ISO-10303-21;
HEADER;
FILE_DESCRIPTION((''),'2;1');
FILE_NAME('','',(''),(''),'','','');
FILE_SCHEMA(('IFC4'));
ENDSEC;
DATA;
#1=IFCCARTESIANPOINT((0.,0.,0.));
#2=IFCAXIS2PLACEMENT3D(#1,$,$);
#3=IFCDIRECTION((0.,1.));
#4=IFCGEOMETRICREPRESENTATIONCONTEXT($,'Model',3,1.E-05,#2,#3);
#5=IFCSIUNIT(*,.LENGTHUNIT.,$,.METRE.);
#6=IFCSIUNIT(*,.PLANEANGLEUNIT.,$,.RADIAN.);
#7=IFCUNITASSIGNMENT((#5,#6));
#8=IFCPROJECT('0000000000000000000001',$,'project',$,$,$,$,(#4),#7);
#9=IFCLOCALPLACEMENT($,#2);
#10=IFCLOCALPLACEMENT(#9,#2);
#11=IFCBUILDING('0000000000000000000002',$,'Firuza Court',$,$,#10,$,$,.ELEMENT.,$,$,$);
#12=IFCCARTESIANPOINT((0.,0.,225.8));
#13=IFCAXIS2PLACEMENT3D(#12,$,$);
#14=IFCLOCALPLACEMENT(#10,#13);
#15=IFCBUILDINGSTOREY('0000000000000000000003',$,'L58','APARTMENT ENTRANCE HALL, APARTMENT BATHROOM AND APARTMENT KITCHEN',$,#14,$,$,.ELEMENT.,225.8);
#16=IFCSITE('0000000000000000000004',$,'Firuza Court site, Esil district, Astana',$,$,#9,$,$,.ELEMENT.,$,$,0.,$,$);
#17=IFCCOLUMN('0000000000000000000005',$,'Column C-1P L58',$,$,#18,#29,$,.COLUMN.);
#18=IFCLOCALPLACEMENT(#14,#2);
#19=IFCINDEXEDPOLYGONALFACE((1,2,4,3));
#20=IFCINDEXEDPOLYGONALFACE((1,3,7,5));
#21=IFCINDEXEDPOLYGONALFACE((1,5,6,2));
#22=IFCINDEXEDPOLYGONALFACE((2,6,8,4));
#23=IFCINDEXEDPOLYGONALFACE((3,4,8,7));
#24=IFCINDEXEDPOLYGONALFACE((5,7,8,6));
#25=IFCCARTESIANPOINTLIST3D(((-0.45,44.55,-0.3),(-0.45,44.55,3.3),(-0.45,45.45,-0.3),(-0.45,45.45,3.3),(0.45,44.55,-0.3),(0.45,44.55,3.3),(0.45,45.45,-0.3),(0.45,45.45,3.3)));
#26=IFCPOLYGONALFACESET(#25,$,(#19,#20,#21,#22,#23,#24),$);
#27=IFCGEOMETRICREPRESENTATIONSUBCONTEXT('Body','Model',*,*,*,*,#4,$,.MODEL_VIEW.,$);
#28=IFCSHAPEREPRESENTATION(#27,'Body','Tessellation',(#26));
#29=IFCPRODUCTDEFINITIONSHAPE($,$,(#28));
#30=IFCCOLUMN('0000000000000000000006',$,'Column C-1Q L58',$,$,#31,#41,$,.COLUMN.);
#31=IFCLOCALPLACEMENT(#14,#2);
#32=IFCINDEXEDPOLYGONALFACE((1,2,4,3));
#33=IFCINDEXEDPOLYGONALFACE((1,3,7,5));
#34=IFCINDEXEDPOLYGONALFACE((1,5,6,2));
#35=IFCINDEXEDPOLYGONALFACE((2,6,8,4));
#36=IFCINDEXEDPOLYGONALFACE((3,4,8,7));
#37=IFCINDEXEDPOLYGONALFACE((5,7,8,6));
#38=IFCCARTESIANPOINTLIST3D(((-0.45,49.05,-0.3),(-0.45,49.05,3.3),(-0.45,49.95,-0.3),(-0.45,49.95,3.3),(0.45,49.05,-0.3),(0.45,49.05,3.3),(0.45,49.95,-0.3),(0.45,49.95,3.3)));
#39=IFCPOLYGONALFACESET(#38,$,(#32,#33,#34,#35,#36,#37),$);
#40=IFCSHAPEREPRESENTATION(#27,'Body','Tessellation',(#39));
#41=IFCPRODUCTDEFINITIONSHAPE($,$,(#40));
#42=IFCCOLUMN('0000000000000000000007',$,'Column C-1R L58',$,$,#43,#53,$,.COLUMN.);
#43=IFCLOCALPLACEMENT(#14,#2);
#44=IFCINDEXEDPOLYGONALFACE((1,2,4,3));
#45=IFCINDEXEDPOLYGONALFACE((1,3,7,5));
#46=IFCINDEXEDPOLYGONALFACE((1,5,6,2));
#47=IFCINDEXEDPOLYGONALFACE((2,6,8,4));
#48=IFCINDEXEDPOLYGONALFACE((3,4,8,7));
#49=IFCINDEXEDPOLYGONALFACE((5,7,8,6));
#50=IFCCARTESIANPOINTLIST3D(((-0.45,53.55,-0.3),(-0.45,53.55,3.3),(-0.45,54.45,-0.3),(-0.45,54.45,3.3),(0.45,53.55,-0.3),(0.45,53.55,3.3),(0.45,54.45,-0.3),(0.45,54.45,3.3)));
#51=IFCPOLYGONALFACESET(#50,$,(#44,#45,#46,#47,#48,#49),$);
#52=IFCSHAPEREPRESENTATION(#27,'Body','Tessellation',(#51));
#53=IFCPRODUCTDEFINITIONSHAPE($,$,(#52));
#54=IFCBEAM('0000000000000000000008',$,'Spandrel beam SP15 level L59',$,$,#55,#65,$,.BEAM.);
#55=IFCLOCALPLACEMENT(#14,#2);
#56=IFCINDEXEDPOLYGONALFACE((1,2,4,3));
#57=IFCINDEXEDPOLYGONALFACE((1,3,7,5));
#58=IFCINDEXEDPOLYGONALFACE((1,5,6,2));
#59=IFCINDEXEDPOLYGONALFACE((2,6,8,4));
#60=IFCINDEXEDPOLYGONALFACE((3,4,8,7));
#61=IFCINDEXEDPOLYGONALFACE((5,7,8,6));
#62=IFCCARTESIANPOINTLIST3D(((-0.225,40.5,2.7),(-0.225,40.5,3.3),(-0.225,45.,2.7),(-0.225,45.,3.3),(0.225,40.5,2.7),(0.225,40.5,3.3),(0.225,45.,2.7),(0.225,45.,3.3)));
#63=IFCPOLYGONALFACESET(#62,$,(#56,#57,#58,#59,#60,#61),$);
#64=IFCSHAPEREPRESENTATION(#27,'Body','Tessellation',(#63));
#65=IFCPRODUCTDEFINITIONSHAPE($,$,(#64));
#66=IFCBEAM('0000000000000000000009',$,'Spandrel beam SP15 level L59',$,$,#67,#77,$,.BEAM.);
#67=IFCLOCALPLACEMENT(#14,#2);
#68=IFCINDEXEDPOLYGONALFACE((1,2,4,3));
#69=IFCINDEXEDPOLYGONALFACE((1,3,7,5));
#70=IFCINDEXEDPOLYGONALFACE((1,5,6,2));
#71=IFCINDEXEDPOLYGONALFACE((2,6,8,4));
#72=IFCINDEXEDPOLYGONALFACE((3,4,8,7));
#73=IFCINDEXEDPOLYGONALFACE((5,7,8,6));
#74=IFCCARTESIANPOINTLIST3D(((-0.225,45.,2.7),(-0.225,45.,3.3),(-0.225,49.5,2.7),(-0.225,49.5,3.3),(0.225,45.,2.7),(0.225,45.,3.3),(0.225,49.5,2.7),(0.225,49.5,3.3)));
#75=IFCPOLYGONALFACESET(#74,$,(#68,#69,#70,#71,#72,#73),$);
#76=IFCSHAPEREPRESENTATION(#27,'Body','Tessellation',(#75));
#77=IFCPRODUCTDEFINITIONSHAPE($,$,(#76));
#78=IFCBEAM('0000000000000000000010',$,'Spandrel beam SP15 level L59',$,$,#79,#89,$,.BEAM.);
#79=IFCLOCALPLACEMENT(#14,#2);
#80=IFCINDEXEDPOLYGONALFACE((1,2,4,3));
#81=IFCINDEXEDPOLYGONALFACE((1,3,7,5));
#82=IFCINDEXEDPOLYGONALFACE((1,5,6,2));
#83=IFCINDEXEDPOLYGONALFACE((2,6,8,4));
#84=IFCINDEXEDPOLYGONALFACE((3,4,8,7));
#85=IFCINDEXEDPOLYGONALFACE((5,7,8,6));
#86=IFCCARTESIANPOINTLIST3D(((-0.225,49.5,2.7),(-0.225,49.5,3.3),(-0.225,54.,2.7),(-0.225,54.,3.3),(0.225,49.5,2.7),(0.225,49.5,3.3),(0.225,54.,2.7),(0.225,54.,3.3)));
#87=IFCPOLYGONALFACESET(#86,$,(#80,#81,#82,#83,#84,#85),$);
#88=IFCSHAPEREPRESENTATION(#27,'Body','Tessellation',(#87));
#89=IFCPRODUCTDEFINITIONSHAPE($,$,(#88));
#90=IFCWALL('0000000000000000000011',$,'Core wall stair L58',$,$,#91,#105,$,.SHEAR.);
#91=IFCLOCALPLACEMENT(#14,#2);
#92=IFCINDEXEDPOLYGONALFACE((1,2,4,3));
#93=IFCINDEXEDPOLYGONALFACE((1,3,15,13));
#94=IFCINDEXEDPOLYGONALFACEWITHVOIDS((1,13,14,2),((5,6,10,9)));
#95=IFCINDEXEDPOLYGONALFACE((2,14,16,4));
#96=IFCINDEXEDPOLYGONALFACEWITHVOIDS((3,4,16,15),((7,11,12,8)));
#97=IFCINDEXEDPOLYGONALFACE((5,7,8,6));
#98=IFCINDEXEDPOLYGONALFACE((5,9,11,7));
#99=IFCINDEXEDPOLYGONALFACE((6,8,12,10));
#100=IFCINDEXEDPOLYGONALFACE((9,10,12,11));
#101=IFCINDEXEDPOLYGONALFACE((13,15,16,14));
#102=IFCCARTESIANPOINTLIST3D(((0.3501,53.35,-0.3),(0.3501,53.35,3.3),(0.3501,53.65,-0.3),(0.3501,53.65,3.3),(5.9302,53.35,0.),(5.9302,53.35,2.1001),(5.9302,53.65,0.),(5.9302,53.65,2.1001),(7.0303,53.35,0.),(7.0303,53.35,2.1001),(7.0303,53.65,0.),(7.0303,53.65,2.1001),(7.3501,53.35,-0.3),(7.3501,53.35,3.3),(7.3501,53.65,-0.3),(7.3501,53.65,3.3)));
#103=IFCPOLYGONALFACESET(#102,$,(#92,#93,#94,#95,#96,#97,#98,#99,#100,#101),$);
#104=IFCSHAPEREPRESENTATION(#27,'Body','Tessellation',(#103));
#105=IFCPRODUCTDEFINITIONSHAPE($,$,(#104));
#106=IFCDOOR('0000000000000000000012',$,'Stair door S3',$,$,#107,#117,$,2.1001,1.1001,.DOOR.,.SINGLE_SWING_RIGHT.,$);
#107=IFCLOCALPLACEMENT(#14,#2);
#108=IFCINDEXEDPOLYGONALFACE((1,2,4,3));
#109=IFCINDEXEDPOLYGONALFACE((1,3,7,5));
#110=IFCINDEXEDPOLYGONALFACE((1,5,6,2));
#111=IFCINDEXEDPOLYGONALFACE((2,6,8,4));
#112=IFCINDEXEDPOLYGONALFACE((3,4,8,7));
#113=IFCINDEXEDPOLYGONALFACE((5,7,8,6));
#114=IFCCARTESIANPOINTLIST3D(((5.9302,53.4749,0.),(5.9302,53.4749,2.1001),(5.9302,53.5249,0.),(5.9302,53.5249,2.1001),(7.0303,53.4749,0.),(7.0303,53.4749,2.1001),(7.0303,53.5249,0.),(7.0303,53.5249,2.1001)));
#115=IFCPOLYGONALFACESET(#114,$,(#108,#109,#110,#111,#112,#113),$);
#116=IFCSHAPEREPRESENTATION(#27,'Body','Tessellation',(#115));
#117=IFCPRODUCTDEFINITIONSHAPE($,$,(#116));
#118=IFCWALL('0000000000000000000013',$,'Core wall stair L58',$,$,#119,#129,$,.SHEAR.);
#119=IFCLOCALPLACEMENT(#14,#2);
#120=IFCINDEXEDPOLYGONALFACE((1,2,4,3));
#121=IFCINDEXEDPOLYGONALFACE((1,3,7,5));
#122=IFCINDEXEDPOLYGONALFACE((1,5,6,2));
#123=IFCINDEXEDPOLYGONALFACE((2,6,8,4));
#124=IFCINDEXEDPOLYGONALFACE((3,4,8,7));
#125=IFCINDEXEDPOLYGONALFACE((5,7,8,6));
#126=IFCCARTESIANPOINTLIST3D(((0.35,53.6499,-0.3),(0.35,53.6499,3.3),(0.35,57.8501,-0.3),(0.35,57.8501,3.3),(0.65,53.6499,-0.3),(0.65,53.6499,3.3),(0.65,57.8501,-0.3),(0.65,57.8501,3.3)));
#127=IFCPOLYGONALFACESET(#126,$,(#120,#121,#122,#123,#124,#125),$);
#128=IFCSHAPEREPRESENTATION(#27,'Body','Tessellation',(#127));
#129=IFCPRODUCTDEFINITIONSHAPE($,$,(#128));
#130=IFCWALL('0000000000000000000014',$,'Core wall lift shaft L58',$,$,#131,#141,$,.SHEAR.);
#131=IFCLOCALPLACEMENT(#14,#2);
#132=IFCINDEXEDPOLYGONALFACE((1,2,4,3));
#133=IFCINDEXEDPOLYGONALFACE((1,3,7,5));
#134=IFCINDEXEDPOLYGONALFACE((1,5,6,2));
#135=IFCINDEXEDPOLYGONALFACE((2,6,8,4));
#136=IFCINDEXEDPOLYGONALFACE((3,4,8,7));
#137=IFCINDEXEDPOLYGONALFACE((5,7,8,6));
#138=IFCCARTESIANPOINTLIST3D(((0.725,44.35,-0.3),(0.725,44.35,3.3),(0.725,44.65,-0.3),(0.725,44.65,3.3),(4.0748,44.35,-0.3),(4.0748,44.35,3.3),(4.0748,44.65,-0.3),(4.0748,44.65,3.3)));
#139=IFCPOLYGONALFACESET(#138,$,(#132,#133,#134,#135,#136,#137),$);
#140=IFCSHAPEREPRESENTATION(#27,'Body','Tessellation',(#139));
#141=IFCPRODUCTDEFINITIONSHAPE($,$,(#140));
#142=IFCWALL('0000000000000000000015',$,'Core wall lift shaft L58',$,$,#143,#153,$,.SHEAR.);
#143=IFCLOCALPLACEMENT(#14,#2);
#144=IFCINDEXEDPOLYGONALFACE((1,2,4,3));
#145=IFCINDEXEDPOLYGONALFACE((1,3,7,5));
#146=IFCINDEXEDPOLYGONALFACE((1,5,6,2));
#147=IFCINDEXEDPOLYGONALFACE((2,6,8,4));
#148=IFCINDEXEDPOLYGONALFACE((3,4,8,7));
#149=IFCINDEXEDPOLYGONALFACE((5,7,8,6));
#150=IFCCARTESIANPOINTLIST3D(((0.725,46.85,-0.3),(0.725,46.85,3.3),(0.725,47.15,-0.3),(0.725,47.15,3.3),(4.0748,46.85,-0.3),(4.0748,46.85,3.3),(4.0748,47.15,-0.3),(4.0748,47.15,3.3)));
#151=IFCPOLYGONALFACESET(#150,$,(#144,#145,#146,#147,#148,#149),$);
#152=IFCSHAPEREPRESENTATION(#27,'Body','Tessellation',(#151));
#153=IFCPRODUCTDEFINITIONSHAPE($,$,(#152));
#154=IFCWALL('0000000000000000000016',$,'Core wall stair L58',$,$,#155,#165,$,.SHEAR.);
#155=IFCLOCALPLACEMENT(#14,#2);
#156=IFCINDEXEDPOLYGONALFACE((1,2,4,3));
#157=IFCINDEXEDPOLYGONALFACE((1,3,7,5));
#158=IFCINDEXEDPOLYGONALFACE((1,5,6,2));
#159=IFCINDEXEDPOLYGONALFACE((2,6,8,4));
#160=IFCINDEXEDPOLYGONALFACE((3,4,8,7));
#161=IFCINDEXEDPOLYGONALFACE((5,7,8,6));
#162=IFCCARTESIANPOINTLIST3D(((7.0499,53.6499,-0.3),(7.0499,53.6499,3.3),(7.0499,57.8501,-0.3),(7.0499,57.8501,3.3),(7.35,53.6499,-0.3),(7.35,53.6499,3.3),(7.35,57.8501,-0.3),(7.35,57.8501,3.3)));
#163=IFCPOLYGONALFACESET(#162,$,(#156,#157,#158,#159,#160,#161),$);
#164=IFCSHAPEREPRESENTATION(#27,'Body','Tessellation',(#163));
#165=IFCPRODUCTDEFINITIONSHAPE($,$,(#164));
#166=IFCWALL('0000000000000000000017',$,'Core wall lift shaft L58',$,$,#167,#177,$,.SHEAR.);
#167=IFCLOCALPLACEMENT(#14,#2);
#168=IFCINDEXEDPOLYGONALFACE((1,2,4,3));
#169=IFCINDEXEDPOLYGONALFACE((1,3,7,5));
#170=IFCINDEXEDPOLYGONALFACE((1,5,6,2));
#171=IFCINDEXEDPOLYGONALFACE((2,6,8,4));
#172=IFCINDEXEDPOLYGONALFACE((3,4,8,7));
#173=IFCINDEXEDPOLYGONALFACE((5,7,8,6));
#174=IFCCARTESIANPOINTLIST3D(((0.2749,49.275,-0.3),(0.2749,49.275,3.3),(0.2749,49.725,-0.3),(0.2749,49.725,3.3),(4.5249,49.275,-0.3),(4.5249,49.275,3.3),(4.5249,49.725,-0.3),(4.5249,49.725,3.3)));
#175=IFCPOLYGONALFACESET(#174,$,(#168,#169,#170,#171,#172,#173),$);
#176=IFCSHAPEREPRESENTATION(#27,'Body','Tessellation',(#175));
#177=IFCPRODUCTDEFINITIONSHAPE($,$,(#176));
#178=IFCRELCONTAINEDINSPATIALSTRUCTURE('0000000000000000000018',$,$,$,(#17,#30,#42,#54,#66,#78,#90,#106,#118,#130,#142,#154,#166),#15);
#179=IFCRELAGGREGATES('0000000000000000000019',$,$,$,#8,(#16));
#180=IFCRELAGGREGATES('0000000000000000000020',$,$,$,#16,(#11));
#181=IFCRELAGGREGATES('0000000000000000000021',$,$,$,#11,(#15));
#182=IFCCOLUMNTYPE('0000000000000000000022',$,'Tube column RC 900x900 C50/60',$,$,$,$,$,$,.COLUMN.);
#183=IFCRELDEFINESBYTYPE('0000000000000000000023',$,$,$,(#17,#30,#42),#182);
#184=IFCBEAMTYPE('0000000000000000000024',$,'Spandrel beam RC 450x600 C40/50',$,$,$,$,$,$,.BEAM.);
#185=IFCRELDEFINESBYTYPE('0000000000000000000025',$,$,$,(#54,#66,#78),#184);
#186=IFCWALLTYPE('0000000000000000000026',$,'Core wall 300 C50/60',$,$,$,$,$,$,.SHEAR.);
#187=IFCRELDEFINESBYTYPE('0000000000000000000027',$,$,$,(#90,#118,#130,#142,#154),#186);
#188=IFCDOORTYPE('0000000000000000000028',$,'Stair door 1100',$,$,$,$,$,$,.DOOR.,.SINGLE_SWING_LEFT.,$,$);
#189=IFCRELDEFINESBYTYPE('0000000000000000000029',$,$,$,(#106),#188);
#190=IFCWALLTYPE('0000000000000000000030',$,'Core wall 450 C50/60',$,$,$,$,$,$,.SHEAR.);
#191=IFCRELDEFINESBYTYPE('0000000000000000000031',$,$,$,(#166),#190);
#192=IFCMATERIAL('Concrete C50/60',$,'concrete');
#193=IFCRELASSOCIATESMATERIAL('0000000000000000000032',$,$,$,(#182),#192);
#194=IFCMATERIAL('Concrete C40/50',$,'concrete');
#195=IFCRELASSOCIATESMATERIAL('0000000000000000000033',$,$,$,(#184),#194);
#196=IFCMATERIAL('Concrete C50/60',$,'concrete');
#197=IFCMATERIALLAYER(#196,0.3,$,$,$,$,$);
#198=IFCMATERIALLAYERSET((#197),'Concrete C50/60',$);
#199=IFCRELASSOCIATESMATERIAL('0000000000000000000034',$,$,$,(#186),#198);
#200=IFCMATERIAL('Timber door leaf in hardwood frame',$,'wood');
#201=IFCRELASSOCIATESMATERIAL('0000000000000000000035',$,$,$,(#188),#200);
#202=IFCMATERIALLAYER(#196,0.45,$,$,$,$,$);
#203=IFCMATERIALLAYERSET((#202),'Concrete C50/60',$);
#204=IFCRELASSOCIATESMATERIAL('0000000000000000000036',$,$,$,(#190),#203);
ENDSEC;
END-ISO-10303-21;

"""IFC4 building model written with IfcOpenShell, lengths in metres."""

from ifc_helpers import new_model, si_unit, direction, frame, frame_2d, origin, origin_2d, place, context, subcontext, project, spatial, rectangle, extrude, material, layer, layer_set, material_profile, profile_set, type_object, element, fill, save


model = new_model("IFC4")

# Units and contexts
model_context = context("Model", 3, precision=1e-05, world=origin(), true_north=direction((0.0, 1.0)))
body_context = subcontext(model_context, "Body", "Model", "MODEL_VIEW")
ifc_project = project(units=[si_unit("LENGTHUNIT", "METRE"), si_unit("PLANEANGLEUNIT", "RADIAN")], contexts=[model_context])

# Site, building, storey
site_placement = place(None, origin())
site = spatial("IfcSite", under=ifc_project, at=site_placement, Name="Firuza Court site, Esil district, Astana", CompositionType="ELEMENT", RefElevation=0.0)
building_placement = place(site_placement, origin())
building = spatial("IfcBuilding", under=site, at=building_placement, Name="Firuza Court", CompositionType="ELEMENT")
storey_placement = place(building_placement, frame((0.0, 0.0, 225.8)))
storey = spatial("IfcBuildingStorey", under=building, at=storey_placement, Name="L58", Description="APARTMENT ENTRANCE HALL, APARTMENT BATHROOM AND APARTMENT KITCHEN", CompositionType="ELEMENT", Elevation=225.8)

# Columns
ifc_material_1 = material(Name="Concrete C50/60", Category="concrete")
ifc_material_profile_1 = material_profile(ifc_material_1, rectangle(XDim=0.8999, YDim=0.8999, at=origin_2d()), Name="RC 900x900")
ifc_profile_set_1 = profile_set([ifc_material_profile_1], Name="Concrete C50/60")
column_type = type_object("IfcColumnType", Name="Tube column RC 900x900 C50/60", PredefinedType="COLUMN", material=ifc_profile_set_1)
for number, where, z_axis, x_axis, name in (
    (1, (0.0, 45.0, -0.3), (0.0, 0.0, 1.0), (1.0, 0.0, 0.0), "Column C-1P L58"),
    (2, (0.0, 49.5, -0.3), (0.0, 0.0, 1.0), (1.0, 0.0, 0.0), "Column C-1Q L58"),
    (3, (0.0, 54.0, -0.3), (0.0, 0.0, 1.0), (1.0, 0.0, 0.0), "Column C-1R L58"),
):
    element("IfcColumn", number, at=place(storey_placement, frame(where, z_axis=z_axis, x_axis=x_axis)), inside=storey, type_object=column_type, Name=name, PredefinedType="COLUMN", context=body_context, shape_type="SweptSolid", body=[
        extrude(rectangle(XDim=0.8999, YDim=0.8999, at=origin_2d()), origin(), (0.0, 0.0, 1.0), 3.6001),
    ])

# Beams
ifc_material_2 = material(Name="Concrete C40/50", Category="concrete")
ifc_material_profile_2 = material_profile(ifc_material_2, rectangle(XDim=0.45, YDim=0.6001, at=origin_2d()), Name="RC 450x600")
ifc_profile_set_2 = profile_set([ifc_material_profile_2], Name="Concrete C40/50")
beam_type = type_object("IfcBeamType", Name="Spandrel beam RC 450x600 C40/50", PredefinedType="BEAM", material=ifc_profile_set_2)
for number, where, z_axis, x_axis, name in (
    (4, (0.0, 45.0, 3.0), (0.0, -1.0, 0.0), (1.0, 0.0, 0.0), "Spandrel beam SP15 level L59"),
    (5, (0.0, 49.5, 3.0), (0.0, -1.0, 0.0), (1.0, 0.0, 0.0), "Spandrel beam SP15 level L59"),
    (6, (0.0, 54.0, 3.0), (0.0, -1.0, 0.0), (1.0, 0.0, 0.0), "Spandrel beam SP15 level L59"),
):
    element("IfcBeam", number, at=place(storey_placement, frame(where, z_axis=z_axis, x_axis=x_axis)), inside=storey, type_object=beam_type, Name=name, PredefinedType="BEAM", context=body_context, shape_type="SweptSolid", body=[
        extrude(rectangle(XDim=0.45, YDim=0.6001, at=origin_2d()), origin(), (0.0, 0.0, 1.0), 4.5),
    ])

# Wall, opening, door
ifc_material_3 = material(Name="Concrete C50/60", Category="concrete")
ifc_layer_1 = layer(ifc_material_3, 0.3)
ifc_layer_set_1 = layer_set([ifc_layer_1], Name="Concrete C50/60")
wall_type_1 = type_object("IfcWallType", Name="Core wall 300 C50/60", PredefinedType="SHEAR", material=ifc_layer_set_1)
wall_1_placement = place(storey_placement, frame((0.3501, 53.5, -0.3), z_axis=(0.0, 0.0, 1.0), x_axis=(1.0, 0.0, 0.0)))
wall_1 = element("IfcWall", 7, at=wall_1_placement, inside=storey, type_object=wall_type_1, Name="Core wall stair L58", PredefinedType="SHEAR", context=body_context, shape_type="SweptSolid", body=[
    extrude(rectangle(XDim=7.0, YDim=0.3, at=frame_2d((3.5, 0.0))), origin(), (0.0, 0.0, 1.0), 3.6001),
])
opening_1_placement = place(wall_1_placement, frame((5.5801, 0.0, 0.3)))
opening_1 = element("IfcOpeningElement", 8, at=opening_1_placement, cuts=wall_1, PredefinedType="OPENING", context=body_context, shape_type="SweptSolid", body=[
    extrude(rectangle(XDim=1.1001, YDim=2.1001, at=frame_2d((0.55, 1.05))), frame((0.0, 0.1621, 0.0), z_axis=(0.0, -1.0, 0.0), x_axis=(1.0, 0.0, 0.0)), (0.0, 0.0, 1.0), 0.324),
])
ifc_material_4 = material(Name="Timber door leaf in hardwood frame", Category="wood")
door_type_1 = type_object("IfcDoorType", Name="Stair door 1100", OperationType="SINGLE_SWING_LEFT", PredefinedType="DOOR", material=ifc_material_4)
door_1_placement = place(opening_1_placement, origin())
door_1 = element("IfcDoor", 9, at=door_1_placement, inside=storey, type_object=door_type_1, Name="Stair door S3", OperationType="SINGLE_SWING_RIGHT", OverallHeight=2.1001, OverallWidth=1.1001, PredefinedType="DOOR", context=body_context, shape_type="SweptSolid", body=[
    extrude(rectangle(XDim=1.1001, YDim=2.1001, at=frame_2d((0.55, 1.05))), frame((0.0, 0.0249, 0.0), z_axis=(0.0, -1.0, 0.0), x_axis=(1.0, 0.0, 0.0)), (0.0, 0.0, 1.0), 0.05),
])
fill(opening_1, door_1)

# Walls
wall_2_placement = place(storey_placement, frame((0.5, 53.6499, -0.3), z_axis=(0.0, 0.0, 1.0), x_axis=(0.0, 1.0, 0.0)))
element("IfcWall", 10, at=wall_2_placement, inside=storey, type_object=wall_type_1, Name="Core wall stair L58", PredefinedType="SHEAR", context=body_context, shape_type="SweptSolid", body=[
    extrude(rectangle(XDim=4.2002, YDim=0.3, at=frame_2d((2.1001, 0.0))), origin(), (0.0, 0.0, 1.0), 3.6001),
])
for number, where, z_axis, x_axis, name in (
    (11, (0.7251, 44.5, -0.3), (0.0, 0.0, 1.0), (1.0, 0.0, 0.0), "Core wall lift shaft L58"),
    (12, (0.7251, 47.0, -0.3), (0.0, 0.0, 1.0), (1.0, 0.0, 0.0), "Core wall lift shaft L58"),
):
    element("IfcWall", number, at=place(storey_placement, frame(where, z_axis=z_axis, x_axis=x_axis)), inside=storey, type_object=wall_type_1, Name=name, PredefinedType="SHEAR", context=body_context, shape_type="SweptSolid", body=[
        extrude(rectangle(XDim=3.3499, YDim=0.3, at=frame_2d((1.6748, 0.0))), origin(), (0.0, 0.0, 1.0), 3.6001),
    ])
wall_3_placement = place(storey_placement, frame((7.2, 53.6499, -0.3), z_axis=(0.0, 0.0, 1.0), x_axis=(0.0, 1.0, 0.0)))
element("IfcWall", 13, at=wall_3_placement, inside=storey, type_object=wall_type_1, Name="Core wall stair L58", PredefinedType="SHEAR", context=body_context, shape_type="SweptSolid", body=[
    extrude(rectangle(XDim=4.2002, YDim=0.3, at=frame_2d((2.1001, 0.0))), origin(), (0.0, 0.0, 1.0), 3.6001),
])
ifc_layer_2 = layer(ifc_material_3, 0.45)
ifc_layer_set_2 = layer_set([ifc_layer_2], Name="Concrete C50/60")
wall_type_2 = type_object("IfcWallType", Name="Core wall 450 C50/60", PredefinedType="SHEAR", material=ifc_layer_set_2)
wall_4_placement = place(storey_placement, frame((0.2749, 49.5, -0.3), z_axis=(0.0, 0.0, 1.0), x_axis=(1.0, 0.0, 0.0)))
element("IfcWall", 14, at=wall_4_placement, inside=storey, type_object=wall_type_2, Name="Core wall lift shaft L58", PredefinedType="SHEAR", context=body_context, shape_type="SweptSolid", body=[
    extrude(rectangle(XDim=4.25, YDim=0.45, at=frame_2d((2.125, 0.0))), origin(), (0.0, 0.0, 1.0), 3.6001),
])

save(model, "model.ifc")
